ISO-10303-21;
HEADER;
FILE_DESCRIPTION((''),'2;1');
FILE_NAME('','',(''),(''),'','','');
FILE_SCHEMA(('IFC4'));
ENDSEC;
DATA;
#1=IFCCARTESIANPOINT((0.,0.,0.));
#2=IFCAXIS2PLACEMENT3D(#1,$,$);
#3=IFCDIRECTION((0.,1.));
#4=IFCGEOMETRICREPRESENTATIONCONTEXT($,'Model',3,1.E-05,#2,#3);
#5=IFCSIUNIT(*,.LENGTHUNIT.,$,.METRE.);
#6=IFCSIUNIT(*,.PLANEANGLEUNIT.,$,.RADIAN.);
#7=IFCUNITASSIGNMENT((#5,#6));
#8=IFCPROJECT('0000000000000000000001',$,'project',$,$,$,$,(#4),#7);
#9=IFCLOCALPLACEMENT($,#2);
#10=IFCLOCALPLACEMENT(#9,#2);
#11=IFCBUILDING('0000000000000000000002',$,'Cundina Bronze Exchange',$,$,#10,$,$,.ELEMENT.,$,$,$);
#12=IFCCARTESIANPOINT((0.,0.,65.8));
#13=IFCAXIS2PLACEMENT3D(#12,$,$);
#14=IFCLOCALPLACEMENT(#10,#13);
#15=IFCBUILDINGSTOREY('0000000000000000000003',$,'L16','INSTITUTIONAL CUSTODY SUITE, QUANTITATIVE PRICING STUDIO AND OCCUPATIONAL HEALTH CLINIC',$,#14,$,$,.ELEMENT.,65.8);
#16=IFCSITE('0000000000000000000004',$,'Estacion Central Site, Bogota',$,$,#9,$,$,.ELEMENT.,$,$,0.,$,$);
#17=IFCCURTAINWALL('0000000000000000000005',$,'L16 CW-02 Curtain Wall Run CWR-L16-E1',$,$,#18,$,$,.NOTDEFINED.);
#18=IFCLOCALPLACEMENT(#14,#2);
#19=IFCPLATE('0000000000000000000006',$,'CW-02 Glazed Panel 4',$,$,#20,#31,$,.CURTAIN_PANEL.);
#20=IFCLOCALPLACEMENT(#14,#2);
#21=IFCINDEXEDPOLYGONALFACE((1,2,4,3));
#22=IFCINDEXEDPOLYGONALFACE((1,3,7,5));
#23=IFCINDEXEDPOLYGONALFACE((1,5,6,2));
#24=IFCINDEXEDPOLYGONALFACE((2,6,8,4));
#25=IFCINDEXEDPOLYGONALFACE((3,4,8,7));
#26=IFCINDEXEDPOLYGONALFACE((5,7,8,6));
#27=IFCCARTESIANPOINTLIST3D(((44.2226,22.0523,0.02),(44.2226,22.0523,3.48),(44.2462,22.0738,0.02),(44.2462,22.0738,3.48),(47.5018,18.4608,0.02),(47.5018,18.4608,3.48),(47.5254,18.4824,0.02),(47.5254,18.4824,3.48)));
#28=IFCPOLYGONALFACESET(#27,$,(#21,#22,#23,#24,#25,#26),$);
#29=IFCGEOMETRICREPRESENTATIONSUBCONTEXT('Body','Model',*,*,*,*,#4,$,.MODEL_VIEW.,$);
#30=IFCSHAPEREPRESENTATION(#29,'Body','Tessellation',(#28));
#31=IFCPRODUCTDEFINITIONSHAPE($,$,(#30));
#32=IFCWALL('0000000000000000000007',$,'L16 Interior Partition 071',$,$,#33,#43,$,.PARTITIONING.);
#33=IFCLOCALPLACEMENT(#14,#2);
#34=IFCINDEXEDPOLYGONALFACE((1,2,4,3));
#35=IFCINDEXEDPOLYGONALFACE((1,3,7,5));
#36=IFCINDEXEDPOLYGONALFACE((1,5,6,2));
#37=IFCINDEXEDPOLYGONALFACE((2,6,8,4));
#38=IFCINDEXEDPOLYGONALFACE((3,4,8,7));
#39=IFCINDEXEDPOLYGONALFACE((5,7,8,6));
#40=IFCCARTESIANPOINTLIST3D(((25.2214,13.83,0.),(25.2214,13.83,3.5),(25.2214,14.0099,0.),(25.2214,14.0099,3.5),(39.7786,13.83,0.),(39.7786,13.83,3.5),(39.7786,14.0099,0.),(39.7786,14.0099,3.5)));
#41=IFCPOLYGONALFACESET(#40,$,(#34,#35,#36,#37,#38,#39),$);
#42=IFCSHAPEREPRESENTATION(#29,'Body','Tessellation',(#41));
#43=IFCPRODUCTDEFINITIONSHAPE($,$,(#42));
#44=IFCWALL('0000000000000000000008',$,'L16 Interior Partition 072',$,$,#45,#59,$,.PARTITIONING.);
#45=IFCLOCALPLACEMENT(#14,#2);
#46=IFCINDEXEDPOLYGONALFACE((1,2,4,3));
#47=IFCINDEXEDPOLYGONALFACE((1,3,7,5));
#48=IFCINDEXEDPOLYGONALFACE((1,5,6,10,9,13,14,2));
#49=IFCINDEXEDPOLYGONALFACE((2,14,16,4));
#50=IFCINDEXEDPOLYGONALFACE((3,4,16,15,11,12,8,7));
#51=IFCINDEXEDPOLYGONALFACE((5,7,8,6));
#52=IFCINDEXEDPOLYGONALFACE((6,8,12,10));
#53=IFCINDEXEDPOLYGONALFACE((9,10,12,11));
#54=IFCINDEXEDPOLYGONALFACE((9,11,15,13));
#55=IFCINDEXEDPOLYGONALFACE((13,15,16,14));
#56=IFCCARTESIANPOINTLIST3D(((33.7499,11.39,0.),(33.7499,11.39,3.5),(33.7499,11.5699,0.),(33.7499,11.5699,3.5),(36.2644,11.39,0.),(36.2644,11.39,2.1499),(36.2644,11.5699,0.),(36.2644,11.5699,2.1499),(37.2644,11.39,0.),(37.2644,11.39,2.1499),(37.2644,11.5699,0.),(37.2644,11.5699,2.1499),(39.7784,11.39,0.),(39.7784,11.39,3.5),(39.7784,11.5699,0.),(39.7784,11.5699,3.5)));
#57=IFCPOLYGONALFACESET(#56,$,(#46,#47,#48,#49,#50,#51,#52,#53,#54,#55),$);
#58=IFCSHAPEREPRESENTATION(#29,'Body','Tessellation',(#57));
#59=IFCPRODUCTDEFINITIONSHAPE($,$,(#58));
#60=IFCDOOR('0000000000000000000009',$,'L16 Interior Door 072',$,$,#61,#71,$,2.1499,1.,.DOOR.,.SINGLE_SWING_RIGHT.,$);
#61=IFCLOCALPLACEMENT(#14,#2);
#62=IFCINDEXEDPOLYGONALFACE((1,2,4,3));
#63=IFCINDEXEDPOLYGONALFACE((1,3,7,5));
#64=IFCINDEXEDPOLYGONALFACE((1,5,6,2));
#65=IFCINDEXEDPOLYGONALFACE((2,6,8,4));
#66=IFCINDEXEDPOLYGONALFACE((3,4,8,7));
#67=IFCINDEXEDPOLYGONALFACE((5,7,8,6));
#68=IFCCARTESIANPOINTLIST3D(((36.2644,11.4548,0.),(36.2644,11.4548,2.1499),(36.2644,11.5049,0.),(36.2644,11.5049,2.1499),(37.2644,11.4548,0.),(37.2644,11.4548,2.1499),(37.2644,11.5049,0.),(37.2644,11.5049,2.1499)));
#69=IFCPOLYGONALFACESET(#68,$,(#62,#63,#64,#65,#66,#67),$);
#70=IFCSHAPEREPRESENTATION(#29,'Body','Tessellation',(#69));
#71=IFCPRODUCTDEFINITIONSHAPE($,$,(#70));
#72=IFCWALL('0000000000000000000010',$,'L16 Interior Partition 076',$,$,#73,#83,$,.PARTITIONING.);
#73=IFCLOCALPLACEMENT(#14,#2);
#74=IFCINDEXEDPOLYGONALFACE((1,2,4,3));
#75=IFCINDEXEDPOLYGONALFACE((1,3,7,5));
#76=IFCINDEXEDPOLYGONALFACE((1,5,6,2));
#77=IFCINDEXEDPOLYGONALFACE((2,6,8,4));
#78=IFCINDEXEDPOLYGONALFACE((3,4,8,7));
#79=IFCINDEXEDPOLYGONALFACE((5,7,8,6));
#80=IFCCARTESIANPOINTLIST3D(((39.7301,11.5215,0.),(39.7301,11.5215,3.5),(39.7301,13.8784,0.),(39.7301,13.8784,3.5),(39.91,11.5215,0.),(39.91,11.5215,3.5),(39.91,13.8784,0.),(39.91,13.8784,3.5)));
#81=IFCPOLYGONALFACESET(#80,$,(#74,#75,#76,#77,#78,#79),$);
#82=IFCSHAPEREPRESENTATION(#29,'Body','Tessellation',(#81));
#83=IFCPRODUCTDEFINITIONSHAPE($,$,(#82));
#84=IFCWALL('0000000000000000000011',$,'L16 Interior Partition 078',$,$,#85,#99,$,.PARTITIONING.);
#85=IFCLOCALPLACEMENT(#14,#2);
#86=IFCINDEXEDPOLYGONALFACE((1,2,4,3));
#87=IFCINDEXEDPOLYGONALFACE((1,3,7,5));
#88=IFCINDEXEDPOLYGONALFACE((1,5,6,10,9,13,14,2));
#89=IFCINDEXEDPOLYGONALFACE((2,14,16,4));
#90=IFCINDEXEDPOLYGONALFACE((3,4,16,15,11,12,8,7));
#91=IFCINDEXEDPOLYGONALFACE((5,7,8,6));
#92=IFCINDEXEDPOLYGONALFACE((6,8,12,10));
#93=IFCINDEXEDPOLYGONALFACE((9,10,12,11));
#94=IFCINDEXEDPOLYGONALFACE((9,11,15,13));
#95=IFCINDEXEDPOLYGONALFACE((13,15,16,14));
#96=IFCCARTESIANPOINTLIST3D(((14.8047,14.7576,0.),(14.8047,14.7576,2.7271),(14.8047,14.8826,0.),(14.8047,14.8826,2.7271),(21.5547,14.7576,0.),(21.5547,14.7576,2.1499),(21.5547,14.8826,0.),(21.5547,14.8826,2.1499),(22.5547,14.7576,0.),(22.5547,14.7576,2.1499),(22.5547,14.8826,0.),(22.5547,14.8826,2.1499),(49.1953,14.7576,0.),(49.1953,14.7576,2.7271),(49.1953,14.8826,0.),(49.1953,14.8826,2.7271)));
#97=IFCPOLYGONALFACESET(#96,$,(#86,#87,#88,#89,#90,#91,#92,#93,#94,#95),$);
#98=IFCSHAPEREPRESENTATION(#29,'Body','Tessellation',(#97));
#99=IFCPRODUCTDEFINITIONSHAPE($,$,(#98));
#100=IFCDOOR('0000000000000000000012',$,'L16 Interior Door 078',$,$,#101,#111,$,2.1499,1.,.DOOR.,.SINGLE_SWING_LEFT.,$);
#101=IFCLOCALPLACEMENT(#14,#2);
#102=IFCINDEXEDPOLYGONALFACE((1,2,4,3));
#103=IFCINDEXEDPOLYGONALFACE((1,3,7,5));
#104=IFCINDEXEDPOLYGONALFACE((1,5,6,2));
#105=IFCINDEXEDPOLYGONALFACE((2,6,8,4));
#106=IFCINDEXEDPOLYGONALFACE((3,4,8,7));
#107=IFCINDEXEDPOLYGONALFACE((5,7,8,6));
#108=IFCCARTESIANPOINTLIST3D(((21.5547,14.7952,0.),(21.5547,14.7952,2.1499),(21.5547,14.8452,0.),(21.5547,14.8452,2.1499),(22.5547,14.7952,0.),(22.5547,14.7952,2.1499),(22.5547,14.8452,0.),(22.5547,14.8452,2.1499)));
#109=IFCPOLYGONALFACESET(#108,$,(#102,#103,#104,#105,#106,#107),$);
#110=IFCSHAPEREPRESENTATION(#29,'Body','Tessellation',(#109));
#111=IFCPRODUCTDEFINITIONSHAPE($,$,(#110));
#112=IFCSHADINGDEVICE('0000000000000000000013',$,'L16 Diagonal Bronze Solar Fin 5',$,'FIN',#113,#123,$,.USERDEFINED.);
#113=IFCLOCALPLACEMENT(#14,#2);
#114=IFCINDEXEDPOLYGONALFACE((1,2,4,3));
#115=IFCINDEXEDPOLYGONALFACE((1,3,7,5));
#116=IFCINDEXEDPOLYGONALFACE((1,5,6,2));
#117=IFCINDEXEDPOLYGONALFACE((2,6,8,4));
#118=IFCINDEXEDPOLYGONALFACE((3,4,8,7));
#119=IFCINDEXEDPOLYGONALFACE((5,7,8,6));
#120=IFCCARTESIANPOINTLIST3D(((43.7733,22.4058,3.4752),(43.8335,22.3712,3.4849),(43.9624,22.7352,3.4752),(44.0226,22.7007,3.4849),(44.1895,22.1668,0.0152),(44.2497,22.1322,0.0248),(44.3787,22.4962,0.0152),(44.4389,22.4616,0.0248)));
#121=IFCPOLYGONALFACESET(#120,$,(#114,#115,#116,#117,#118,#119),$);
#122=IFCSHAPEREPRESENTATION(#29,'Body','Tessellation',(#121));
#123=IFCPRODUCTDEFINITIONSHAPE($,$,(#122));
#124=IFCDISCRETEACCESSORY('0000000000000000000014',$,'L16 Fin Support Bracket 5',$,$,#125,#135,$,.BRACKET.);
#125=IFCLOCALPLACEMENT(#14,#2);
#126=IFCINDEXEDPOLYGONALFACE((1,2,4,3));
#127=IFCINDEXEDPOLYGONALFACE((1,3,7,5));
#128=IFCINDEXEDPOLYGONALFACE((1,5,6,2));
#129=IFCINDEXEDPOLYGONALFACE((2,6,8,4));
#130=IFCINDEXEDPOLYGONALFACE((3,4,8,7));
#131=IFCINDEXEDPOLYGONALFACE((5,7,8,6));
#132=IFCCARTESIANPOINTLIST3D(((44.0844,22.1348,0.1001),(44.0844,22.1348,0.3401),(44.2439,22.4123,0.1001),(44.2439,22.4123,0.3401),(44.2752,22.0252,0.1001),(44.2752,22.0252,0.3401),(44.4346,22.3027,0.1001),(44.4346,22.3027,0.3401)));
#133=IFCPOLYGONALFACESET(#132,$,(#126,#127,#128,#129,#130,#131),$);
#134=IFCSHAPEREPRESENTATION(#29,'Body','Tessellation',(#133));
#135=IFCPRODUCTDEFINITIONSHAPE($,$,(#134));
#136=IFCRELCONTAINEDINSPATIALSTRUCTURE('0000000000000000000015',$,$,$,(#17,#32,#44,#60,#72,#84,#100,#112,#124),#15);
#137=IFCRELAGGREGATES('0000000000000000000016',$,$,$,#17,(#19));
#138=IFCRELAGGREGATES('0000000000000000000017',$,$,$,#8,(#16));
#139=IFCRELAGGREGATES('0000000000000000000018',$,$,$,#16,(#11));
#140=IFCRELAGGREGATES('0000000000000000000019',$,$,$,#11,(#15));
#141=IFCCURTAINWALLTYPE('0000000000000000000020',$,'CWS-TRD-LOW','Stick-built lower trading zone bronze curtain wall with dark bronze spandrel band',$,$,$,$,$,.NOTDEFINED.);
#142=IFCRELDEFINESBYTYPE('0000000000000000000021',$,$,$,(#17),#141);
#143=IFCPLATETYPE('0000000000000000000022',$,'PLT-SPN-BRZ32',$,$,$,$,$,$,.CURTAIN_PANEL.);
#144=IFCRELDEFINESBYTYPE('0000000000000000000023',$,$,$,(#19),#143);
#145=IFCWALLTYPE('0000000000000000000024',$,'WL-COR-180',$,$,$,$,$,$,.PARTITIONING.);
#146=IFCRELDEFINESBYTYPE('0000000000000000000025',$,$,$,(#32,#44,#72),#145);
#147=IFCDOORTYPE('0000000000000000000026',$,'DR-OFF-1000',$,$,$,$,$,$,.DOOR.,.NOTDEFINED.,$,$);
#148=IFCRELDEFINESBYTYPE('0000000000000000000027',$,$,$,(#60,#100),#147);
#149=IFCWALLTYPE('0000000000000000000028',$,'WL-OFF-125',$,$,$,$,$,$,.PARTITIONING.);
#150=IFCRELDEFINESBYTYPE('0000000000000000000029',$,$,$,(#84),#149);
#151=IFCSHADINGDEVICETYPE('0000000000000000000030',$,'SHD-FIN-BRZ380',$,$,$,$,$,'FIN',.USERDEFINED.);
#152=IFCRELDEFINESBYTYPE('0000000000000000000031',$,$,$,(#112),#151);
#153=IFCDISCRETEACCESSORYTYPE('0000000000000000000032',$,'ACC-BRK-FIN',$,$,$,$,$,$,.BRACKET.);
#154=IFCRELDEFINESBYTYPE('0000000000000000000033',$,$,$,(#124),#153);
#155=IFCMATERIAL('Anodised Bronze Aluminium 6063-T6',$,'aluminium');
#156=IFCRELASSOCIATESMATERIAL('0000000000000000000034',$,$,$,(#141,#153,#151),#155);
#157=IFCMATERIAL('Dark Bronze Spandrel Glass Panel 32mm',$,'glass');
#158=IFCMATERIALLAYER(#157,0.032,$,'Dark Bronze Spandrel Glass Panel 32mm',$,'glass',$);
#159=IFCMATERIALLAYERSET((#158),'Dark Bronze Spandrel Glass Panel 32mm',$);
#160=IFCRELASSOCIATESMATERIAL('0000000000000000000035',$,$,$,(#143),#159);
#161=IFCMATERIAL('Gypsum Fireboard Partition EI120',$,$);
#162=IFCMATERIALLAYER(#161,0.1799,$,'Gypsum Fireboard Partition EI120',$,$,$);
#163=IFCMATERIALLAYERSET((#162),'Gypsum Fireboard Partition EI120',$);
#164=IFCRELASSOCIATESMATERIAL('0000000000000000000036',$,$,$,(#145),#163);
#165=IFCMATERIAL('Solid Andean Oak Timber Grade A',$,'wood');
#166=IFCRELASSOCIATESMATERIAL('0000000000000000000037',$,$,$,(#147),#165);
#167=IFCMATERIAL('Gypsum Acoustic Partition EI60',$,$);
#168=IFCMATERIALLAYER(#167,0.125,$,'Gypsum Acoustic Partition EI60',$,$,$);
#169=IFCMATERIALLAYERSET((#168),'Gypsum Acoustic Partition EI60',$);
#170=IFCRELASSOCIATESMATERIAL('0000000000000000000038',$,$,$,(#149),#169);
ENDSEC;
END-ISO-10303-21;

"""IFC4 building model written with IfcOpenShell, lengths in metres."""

from ifc_helpers import new_model, si_unit, direction, frame, frame_2d, origin, origin_2d, place, context, subcontext, project, spatial, rectangle, extrude, material, layer, layer_set, material_profile, profile_set, type_object, element, fill, aggregate, save


model = new_model("IFC4")

# Units and contexts
model_context = context("Model", 3, precision=1e-05, world=origin(), true_north=direction((0.0, 1.0)))
body_context = subcontext(model_context, "Body", "Model", "MODEL_VIEW")
ifc_project = project(units=[si_unit("LENGTHUNIT", "METRE"), si_unit("PLANEANGLEUNIT", "RADIAN")], contexts=[model_context])

# Site, building, storey
site_placement = place(None, origin())
site = spatial("IfcSite", under=ifc_project, at=site_placement, Name="Estacion Central Site, Bogota", CompositionType="ELEMENT", RefElevation=0.0)
building_placement = place(site_placement, origin())
building = spatial("IfcBuilding", under=site, at=building_placement, Name="Cundina Bronze Exchange", CompositionType="ELEMENT")
storey_placement = place(building_placement, frame((0.0, 0.0, 65.8)))
storey = spatial("IfcBuildingStorey", under=building, at=storey_placement, Name="L16", Description="INSTITUTIONAL CUSTODY SUITE, QUANTITATIVE PRICING STUDIO AND OCCUPATIONAL HEALTH CLINIC", CompositionType="ELEMENT", Elevation=65.8)

# Curtain wall, plate
ifc_material_1 = material(Name="Anodised Bronze Aluminium 6063-T6", Category="aluminium")
curtain_wall_type = type_object("IfcCurtainWallType", Name="CWS-TRD-LOW", Description="Stick-built lower trading zone bronze curtain wall with dark bronze spandrel band", PredefinedType="NOTDEFINED", material=ifc_material_1)
curtain_wall_placement = place(storey_placement, origin())
curtain_wall = element("IfcCurtainWall", 1, at=curtain_wall_placement, inside=storey, type_object=curtain_wall_type, Name="L16 CW-02 Curtain Wall Run CWR-L16-E1", PredefinedType="NOTDEFINED")
ifc_material_2 = material(Name="Dark Bronze Spandrel Glass Panel 32mm", Category="glass")
ifc_layer_1 = layer(ifc_material_2, 0.032, Name="Dark Bronze Spandrel Glass Panel 32mm", Category="glass")
ifc_layer_set_1 = layer_set([ifc_layer_1], Name="Dark Bronze Spandrel Glass Panel 32mm")
plate_type_1 = type_object("IfcPlateType", Name="PLT-SPN-BRZ32", PredefinedType="CURTAIN_PANEL", material=ifc_layer_set_1)
plate_1_placement = place(storey_placement, frame((45.874, 20.2673, 0.02), z_axis=(0.0, 0.0, 1.0), x_axis=(-0.674277, 0.738479, 0.0)))
plate_1 = element("IfcPlate", 2, at=plate_1_placement, type_object=plate_type_1, Name="CW-02 Glazed Panel 4", PredefinedType="CURTAIN_PANEL", context=body_context, shape_type="SweptSolid", body=[
    extrude(rectangle(XDim=4.8633, YDim=0.032, at=origin_2d()), origin(), (0.0, 0.0, 1.0), 3.46),
])
aggregate(curtain_wall, [plate_1])

# Wall
ifc_material_3 = material(Name="Gypsum Fireboard Partition EI120")
ifc_layer_2 = layer(ifc_material_3, 0.1799, Name="Gypsum Fireboard Partition EI120")
ifc_layer_set_2 = layer_set([ifc_layer_2], Name="Gypsum Fireboard Partition EI120")
wall_type_1 = type_object("IfcWallType", Name="WL-COR-180", PredefinedType="PARTITIONING", material=ifc_layer_set_2)
wall_1_placement = place(storey_placement, frame((39.7786, 13.9199, 0.0), z_axis=(0.0, 0.0, 1.0), x_axis=(-1.0, 0.0, 0.0)))
element("IfcWall", 3, at=wall_1_placement, inside=storey, type_object=wall_type_1, Name="L16 Interior Partition 071", PredefinedType="PARTITIONING", context=body_context, shape_type="SweptSolid", body=[
    extrude(rectangle(XDim=14.5571, YDim=0.1799, at=frame_2d((7.2786, 0.0))), origin(), (0.0, 0.0, 1.0), 3.5),
])

# Wall, opening, door
wall_2_placement = place(storey_placement, frame((33.75, 11.48, 0.0), z_axis=(0.0, 0.0, 1.0), x_axis=(1.0, 0.0, 0.0)))
wall_2 = element("IfcWall", 4, at=wall_2_placement, inside=storey, type_object=wall_type_1, Name="L16 Interior Partition 072", PredefinedType="PARTITIONING", context=body_context, shape_type="SweptSolid", body=[
    extrude(rectangle(XDim=6.0286, YDim=0.1799, at=frame_2d((3.0142, 0.0))), origin(), (0.0, 0.0, 1.0), 3.5),
])
opening_1_placement = place(wall_2_placement, frame((2.5144, 0.0, 0.0)))
opening_1 = element("IfcOpeningElement", 5, at=opening_1_placement, cuts=wall_2, PredefinedType="OPENING", context=body_context, shape_type="SweptSolid", body=[
    extrude(rectangle(XDim=1.0, YDim=2.1499, at=frame_2d((0.5, 1.075))), frame((0.0, 0.0999, 0.0), z_axis=(0.0, -1.0, 0.0), x_axis=(1.0, 0.0, 0.0)), (0.0, 0.0, 1.0), 0.2),
])
ifc_material_4 = material(Name="Solid Andean Oak Timber Grade A", Category="wood")
door_type = type_object("IfcDoorType", Name="DR-OFF-1000", OperationType="NOTDEFINED", PredefinedType="DOOR", material=ifc_material_4)
door_1_placement = place(opening_1_placement, origin())
door_1 = element("IfcDoor", 6, at=door_1_placement, inside=storey, type_object=door_type, Name="L16 Interior Door 072", OperationType="SINGLE_SWING_RIGHT", OverallHeight=2.1499, OverallWidth=1.0, PredefinedType="DOOR", context=body_context, shape_type="SweptSolid", body=[
    extrude(rectangle(XDim=1.0, YDim=2.1499, at=frame_2d((0.5, 1.075))), frame((0.0, 0.0249, 0.0), z_axis=(0.0, -1.0, 0.0), x_axis=(1.0, 0.0, 0.0)), (0.0, 0.0, 1.0), 0.05),
])
fill(opening_1, door_1)

# Wall
wall_3_placement = place(storey_placement, frame((39.8201, 11.5215, 0.0), z_axis=(0.0, 0.0, 1.0), x_axis=(0.0, 1.0, 0.0)))
element("IfcWall", 7, at=wall_3_placement, inside=storey, type_object=wall_type_1, Name="L16 Interior Partition 076", PredefinedType="PARTITIONING", context=body_context, shape_type="SweptSolid", body=[
    extrude(rectangle(XDim=2.3569, YDim=0.1799, at=frame_2d((1.1785, 0.0))), origin(), (0.0, 0.0, 1.0), 3.5),
])

# Wall, opening, door
ifc_material_5 = material(Name="Gypsum Acoustic Partition EI60")
ifc_layer_3 = layer(ifc_material_5, 0.125, Name="Gypsum Acoustic Partition EI60")
ifc_layer_set_3 = layer_set([ifc_layer_3], Name="Gypsum Acoustic Partition EI60")
wall_type_2 = type_object("IfcWallType", Name="WL-OFF-125", PredefinedType="PARTITIONING", material=ifc_layer_set_3)
wall_4_placement = place(storey_placement, frame((49.1953, 14.8201, 0.0), z_axis=(0.0, 0.0, 1.0), x_axis=(-1.0, 0.0, 0.0)))
wall_4 = element("IfcWall", 8, at=wall_4_placement, inside=storey, type_object=wall_type_2, Name="L16 Interior Partition 078", PredefinedType="PARTITIONING", context=body_context, shape_type="SweptSolid", body=[
    extrude(rectangle(XDim=34.3906, YDim=0.125, at=frame_2d((17.1953, 0.0))), origin(), (0.0, 0.0, 1.0), 2.7271),
])
opening_2_placement = place(wall_4_placement, frame((26.6406, 0.0, 0.0)))
opening_2 = element("IfcOpeningElement", 9, at=opening_2_placement, cuts=wall_4, PredefinedType="OPENING", context=body_context, shape_type="SweptSolid", body=[
    extrude(rectangle(XDim=1.0, YDim=2.1499, at=frame_2d((0.5, 1.075))), frame((0.0, 0.0725, 0.0), z_axis=(0.0, -1.0, 0.0), x_axis=(1.0, 0.0, 0.0)), (0.0, 0.0, 1.0), 0.145),
])
door_2_placement = place(opening_2_placement, origin())
door_2 = element("IfcDoor", 10, at=door_2_placement, inside=storey, type_object=door_type, Name="L16 Interior Door 078", OperationType="SINGLE_SWING_LEFT", OverallHeight=2.1499, OverallWidth=1.0, PredefinedType="DOOR", context=body_context, shape_type="SweptSolid", body=[
    extrude(rectangle(XDim=1.0, YDim=2.1499, at=frame_2d((0.5, 1.075))), frame((0.0, 0.0249, 0.0), z_axis=(0.0, -1.0, 0.0), x_axis=(1.0, 0.0, 0.0)), (0.0, 0.0, 1.0), 0.05),
])
fill(opening_2, door_2)

# Shading device
ifc_material_profile_1 = material_profile(ifc_material_1, rectangle(XDim=0.0701, YDim=0.3799, at=origin_2d()), Name="FIN70X380", Category="aluminium")
ifc_profile_set_1 = profile_set([ifc_material_profile_1], Name="Anodised Bronze Aluminium 6063-T6")
shading_device_type = type_object("IfcShadingDeviceType", Name="SHD-FIN-BRZ380", ElementType="FIN", PredefinedType="USERDEFINED", material=ifc_profile_set_1)
shading_device_placement = place(storey_placement, frame((44.3142, 22.3142, 0.02), z_axis=(-0.119166, 0.068425, 0.990514), x_axis=(0.858982, -0.493222, 0.137414)))
element("IfcShadingDevice", 11, at=shading_device_placement, inside=storey, type_object=shading_device_type, Name="L16 Diagonal Bronze Solar Fin 5", ObjectType="FIN", PredefinedType="USERDEFINED", context=body_context, shape_type="SweptSolid", body=[
    extrude(rectangle(XDim=0.0701, YDim=0.3799, at=origin_2d()), origin(), (0.0, 0.0, 1.0), 3.4932),
])

# Discrete accessory
discrete_accessory_type = type_object("IfcDiscreteAccessoryType", Name="ACC-BRK-FIN", PredefinedType="BRACKET", material=ifc_material_1)
discrete_accessory_placement = place(storey_placement, frame((44.2595, 22.2188, 0.1001), z_axis=(0.0, 0.0, 1.0), x_axis=(-0.867105, 0.498125, 0.0)))
element("IfcDiscreteAccessory", 12, at=discrete_accessory_placement, inside=storey, type_object=discrete_accessory_type, Name="L16 Fin Support Bracket 5", PredefinedType="BRACKET", context=body_context, shape_type="SweptSolid", body=[
    extrude(rectangle(XDim=0.22, YDim=0.3201, at=origin_2d()), origin(), (0.0, 0.0, 1.0), 0.24),
])

save(model, "model.ifc")
